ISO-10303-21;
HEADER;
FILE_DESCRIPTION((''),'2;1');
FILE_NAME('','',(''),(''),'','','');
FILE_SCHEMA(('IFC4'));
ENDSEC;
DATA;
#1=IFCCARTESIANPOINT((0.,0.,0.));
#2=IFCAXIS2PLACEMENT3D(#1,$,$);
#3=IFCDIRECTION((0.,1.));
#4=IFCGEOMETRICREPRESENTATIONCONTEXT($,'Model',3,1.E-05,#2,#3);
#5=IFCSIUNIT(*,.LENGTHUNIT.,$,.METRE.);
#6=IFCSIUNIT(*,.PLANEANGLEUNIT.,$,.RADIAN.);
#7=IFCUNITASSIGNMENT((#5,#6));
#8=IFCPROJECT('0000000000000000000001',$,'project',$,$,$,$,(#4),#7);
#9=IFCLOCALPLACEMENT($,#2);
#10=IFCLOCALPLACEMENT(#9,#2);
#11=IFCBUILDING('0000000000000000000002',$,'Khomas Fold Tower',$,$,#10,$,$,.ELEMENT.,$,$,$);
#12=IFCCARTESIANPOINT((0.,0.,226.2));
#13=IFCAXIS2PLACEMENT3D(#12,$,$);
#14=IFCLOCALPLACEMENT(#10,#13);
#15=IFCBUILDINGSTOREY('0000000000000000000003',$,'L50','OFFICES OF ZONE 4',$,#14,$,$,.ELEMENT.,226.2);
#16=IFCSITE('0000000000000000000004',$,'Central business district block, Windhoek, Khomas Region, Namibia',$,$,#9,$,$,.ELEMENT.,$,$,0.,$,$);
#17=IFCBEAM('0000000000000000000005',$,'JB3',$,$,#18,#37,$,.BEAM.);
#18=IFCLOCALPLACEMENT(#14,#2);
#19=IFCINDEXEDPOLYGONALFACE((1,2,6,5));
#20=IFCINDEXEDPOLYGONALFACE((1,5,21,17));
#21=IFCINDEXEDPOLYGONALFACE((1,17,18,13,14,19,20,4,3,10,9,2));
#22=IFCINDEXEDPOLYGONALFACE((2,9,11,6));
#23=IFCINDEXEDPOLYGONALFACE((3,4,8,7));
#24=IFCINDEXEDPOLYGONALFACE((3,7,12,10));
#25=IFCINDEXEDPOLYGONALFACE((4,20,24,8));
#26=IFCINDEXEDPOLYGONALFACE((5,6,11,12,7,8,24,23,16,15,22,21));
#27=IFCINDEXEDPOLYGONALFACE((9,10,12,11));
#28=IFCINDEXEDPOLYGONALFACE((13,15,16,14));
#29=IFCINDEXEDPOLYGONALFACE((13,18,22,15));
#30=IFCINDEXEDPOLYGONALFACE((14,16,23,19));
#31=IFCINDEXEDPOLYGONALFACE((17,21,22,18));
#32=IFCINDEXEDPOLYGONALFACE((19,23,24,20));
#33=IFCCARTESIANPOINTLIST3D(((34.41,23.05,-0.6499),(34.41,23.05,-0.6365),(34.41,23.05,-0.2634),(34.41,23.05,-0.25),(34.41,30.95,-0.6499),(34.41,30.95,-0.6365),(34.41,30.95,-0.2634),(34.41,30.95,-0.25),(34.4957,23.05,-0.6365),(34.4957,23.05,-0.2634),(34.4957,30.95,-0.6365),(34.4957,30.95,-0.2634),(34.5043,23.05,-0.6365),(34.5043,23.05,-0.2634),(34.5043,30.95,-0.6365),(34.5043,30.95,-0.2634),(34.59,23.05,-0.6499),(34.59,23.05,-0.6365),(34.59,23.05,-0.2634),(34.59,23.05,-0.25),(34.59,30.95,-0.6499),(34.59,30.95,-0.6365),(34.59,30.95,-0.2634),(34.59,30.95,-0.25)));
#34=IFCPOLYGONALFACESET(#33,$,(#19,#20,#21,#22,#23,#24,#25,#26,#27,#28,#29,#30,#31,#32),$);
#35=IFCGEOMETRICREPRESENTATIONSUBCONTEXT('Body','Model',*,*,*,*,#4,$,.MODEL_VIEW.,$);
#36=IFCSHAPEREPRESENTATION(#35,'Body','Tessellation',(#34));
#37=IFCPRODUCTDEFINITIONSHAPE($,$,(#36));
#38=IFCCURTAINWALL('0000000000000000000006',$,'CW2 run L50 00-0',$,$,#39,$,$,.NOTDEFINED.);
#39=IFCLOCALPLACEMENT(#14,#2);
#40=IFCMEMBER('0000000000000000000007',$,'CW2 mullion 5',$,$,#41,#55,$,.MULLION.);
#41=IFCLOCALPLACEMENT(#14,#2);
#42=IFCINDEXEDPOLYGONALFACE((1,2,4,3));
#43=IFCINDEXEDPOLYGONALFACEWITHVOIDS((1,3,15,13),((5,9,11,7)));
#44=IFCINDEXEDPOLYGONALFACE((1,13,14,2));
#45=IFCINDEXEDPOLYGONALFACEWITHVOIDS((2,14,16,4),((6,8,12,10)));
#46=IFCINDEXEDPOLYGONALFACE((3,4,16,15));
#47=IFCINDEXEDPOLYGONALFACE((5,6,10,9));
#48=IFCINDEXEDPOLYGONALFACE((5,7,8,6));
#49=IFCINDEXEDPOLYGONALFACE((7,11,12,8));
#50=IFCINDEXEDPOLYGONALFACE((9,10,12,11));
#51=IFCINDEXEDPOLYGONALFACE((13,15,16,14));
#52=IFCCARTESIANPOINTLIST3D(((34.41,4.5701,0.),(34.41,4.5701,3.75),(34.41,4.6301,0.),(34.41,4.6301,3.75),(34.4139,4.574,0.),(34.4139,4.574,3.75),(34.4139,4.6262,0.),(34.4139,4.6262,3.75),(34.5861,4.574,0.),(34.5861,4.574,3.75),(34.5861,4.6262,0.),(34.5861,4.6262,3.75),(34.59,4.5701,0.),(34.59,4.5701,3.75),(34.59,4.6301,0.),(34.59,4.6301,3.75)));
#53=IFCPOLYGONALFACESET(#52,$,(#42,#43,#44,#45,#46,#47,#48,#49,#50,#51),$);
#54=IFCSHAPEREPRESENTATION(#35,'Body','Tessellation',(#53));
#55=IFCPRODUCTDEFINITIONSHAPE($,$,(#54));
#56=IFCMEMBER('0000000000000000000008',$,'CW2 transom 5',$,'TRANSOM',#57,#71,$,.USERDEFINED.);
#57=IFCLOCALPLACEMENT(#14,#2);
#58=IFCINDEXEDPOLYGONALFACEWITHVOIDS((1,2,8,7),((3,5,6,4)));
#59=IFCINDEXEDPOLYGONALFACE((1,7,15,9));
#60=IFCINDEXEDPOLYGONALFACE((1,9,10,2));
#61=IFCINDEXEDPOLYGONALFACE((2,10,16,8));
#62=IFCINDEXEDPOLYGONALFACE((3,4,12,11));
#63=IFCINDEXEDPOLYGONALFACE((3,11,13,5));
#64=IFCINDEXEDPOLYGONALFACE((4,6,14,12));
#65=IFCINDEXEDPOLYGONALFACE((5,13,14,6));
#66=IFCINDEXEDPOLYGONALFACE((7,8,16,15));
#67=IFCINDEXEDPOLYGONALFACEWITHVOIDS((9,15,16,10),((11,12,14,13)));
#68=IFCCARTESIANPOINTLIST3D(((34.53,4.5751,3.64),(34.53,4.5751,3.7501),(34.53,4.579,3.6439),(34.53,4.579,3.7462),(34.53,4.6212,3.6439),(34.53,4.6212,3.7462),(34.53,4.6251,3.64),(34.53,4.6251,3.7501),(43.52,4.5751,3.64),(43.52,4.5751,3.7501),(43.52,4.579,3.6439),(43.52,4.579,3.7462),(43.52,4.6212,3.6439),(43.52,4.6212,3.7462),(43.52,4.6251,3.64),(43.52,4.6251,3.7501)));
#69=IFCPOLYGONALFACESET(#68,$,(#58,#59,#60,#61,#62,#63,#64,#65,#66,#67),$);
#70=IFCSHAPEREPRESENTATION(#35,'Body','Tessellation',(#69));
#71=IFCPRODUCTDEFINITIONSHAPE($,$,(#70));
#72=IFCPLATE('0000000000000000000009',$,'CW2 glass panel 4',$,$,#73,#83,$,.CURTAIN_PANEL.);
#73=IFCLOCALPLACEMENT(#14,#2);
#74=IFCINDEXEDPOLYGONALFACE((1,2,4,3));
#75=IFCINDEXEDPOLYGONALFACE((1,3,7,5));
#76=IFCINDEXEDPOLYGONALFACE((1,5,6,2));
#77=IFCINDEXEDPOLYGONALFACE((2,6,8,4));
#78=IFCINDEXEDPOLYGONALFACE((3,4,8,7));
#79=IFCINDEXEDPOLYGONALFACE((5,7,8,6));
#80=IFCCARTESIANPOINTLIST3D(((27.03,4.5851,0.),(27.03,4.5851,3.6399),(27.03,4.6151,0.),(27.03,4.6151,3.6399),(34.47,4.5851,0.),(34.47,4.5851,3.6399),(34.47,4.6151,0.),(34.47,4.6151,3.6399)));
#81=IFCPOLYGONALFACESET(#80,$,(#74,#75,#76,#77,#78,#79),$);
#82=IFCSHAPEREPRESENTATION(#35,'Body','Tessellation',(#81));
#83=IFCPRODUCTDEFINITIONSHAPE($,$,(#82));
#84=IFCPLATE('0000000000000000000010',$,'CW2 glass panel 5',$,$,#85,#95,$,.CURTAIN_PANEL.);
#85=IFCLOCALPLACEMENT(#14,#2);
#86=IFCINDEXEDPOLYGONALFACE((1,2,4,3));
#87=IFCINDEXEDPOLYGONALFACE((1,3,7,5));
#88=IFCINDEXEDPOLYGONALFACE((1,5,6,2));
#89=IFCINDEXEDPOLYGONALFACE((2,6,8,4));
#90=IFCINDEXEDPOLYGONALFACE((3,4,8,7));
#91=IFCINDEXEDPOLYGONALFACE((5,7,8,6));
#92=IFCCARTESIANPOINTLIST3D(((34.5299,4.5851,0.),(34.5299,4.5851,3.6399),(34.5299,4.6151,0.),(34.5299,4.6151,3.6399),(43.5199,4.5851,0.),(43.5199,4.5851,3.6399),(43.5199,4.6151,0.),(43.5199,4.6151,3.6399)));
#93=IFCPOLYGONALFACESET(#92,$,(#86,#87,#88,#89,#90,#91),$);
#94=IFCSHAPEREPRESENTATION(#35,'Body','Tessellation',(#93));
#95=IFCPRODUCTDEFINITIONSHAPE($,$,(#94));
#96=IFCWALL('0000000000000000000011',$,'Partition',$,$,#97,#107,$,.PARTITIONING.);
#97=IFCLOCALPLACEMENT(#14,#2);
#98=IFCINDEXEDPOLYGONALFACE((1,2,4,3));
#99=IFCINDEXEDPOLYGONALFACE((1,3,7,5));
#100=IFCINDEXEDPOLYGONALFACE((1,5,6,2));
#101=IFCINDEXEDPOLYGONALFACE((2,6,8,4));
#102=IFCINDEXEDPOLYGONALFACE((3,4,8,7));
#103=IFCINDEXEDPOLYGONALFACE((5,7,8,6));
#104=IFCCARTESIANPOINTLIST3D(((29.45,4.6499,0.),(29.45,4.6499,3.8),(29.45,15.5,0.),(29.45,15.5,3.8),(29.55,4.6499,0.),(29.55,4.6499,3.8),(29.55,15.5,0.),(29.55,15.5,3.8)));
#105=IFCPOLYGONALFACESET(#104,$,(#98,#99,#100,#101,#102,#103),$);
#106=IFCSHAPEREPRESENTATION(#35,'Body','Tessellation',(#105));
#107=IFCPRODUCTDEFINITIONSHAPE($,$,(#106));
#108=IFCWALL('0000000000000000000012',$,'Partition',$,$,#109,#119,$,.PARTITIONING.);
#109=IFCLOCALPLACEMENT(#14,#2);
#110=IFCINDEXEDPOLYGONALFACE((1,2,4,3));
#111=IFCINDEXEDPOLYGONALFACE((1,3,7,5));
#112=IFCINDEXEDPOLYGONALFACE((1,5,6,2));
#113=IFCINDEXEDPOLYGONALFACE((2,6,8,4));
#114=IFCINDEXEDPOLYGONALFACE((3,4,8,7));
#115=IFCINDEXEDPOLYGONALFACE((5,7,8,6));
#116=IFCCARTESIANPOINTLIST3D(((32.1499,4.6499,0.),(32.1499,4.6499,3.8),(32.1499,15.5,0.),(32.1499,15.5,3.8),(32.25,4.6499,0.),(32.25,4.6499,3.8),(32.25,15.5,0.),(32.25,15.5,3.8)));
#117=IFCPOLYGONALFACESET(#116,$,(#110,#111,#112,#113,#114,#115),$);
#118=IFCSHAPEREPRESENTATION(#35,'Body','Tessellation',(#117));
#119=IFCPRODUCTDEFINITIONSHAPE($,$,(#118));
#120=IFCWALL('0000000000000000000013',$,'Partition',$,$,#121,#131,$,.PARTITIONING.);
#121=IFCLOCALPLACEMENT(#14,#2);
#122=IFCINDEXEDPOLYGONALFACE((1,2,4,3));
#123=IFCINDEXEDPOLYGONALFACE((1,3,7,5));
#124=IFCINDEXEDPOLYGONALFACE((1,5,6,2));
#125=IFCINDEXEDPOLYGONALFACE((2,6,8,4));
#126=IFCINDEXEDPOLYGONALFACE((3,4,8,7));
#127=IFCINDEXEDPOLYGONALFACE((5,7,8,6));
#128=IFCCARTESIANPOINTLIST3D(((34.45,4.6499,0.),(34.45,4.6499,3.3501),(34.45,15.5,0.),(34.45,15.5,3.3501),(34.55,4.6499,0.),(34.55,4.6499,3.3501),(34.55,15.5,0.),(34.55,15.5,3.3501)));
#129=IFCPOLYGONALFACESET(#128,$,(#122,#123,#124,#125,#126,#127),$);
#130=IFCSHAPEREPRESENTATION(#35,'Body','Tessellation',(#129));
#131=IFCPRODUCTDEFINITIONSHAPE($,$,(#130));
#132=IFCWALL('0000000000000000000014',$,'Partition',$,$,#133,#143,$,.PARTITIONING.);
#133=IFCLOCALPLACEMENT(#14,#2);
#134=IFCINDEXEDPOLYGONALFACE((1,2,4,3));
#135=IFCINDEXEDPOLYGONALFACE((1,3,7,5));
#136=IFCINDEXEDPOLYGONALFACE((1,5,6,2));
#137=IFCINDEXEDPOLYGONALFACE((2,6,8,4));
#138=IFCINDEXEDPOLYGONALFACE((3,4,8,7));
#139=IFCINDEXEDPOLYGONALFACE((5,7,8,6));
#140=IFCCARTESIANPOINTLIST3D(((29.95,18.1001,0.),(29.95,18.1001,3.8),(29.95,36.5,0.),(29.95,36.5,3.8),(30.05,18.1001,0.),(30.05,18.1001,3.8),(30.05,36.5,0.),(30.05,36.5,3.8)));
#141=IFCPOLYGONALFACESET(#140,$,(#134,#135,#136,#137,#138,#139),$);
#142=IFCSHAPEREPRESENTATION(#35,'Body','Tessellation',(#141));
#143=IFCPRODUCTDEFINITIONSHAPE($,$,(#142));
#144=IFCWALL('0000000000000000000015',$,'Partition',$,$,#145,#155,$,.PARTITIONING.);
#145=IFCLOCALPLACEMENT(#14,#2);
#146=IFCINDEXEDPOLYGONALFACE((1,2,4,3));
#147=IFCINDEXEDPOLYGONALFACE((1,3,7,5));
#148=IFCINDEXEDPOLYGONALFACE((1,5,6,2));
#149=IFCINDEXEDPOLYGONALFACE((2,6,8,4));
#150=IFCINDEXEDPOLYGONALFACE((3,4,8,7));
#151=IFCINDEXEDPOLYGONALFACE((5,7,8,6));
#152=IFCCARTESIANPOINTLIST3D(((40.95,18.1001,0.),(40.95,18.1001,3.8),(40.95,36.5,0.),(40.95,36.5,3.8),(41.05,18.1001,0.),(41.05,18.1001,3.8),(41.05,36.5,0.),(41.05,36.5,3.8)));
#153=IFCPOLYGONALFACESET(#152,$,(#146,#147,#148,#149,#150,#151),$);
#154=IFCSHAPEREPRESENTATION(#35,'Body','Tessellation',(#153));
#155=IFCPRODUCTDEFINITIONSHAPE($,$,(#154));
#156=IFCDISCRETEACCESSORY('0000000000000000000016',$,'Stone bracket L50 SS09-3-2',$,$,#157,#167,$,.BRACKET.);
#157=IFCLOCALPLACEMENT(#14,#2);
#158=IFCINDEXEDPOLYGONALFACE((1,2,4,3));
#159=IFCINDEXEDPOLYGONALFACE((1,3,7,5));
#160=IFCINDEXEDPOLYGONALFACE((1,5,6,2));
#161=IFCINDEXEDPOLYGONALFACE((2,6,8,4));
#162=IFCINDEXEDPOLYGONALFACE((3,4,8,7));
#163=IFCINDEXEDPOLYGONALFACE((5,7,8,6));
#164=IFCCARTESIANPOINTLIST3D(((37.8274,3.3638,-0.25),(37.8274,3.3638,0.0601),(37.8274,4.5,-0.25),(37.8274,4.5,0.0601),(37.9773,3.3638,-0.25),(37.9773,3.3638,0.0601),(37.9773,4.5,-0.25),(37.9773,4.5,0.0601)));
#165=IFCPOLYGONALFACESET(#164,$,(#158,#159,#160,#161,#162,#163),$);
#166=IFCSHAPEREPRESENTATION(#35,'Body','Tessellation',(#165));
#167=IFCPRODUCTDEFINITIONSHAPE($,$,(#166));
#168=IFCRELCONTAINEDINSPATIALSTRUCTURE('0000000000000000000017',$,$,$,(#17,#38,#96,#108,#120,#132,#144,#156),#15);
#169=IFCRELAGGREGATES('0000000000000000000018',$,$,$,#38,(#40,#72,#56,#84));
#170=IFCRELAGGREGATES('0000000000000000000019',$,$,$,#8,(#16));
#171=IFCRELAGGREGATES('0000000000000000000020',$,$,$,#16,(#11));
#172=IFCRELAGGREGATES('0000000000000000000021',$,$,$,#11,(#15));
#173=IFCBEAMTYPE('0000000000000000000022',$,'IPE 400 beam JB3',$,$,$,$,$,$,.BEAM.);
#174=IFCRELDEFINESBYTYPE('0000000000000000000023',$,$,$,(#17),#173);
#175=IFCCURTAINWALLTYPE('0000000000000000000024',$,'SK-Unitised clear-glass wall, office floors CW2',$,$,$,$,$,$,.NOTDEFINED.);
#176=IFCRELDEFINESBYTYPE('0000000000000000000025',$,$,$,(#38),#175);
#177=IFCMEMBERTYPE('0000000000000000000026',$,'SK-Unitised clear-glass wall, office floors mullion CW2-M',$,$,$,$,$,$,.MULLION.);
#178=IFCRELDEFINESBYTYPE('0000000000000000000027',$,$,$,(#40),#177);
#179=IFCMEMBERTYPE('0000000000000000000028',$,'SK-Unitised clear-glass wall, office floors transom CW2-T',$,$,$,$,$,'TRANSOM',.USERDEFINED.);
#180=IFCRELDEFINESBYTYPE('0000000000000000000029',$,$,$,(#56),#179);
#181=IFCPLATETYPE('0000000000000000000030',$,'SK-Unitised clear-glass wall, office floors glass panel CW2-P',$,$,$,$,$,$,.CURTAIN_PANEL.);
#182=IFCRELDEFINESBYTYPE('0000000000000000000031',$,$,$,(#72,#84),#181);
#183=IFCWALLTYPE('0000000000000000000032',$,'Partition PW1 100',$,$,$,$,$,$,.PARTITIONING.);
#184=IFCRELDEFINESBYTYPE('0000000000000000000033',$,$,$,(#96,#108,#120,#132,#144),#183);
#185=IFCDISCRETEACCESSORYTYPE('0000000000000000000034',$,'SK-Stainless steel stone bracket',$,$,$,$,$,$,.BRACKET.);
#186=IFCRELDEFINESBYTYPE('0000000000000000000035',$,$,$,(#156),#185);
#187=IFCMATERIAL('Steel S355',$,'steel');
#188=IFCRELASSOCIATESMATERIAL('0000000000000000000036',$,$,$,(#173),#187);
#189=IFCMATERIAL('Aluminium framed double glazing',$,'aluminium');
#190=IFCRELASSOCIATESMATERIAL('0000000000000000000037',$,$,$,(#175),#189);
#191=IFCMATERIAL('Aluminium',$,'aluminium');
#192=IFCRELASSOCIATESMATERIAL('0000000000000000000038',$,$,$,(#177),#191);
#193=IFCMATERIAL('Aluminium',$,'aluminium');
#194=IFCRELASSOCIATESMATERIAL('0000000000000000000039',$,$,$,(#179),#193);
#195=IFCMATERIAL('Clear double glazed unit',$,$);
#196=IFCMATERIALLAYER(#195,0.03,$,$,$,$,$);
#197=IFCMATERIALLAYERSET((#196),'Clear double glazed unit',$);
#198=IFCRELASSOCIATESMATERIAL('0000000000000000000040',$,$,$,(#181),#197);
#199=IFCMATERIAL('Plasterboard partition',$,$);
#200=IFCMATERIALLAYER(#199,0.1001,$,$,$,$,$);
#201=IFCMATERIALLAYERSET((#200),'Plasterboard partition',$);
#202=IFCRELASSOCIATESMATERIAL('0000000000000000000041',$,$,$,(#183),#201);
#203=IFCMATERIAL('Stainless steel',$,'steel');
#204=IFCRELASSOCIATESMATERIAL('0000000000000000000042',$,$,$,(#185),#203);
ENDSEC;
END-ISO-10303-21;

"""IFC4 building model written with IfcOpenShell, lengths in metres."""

from ifc_helpers import new_model, si_unit, direction, frame, frame_2d, origin, origin_2d, place, context, subcontext, project, spatial, rectangle, hollow_rectangle, i_section, extrude, source, transform, mapped, material, layer, layer_set, material_profile, profile_set, type_object, element, aggregate, save


model = new_model("IFC4")

# Units and contexts
model_context = context("Model", 3, precision=1e-05, world=origin(), true_north=direction((0.0, 1.0)))
body_context = subcontext(model_context, "Body", "Model", "MODEL_VIEW")
ifc_project = project(units=[si_unit("LENGTHUNIT", "METRE"), si_unit("PLANEANGLEUNIT", "RADIAN")], contexts=[model_context])

# Site, building, storey
site_placement = place(None, origin())
site = spatial("IfcSite", under=ifc_project, at=site_placement, Name="Central business district block, Windhoek, Khomas Region, Namibia", CompositionType="ELEMENT", RefElevation=0.0)
building_placement = place(site_placement, origin())
building = spatial("IfcBuilding", under=site, at=building_placement, Name="Khomas Fold Tower", CompositionType="ELEMENT")
storey_placement = place(building_placement, frame((0.0, 0.0, 226.2)))
storey = spatial("IfcBuildingStorey", under=building, at=storey_placement, Name="L50", Description="OFFICES OF ZONE 4", CompositionType="ELEMENT", Elevation=226.2)

# Beam
ifc_material_1 = material(Name="Steel S355", Category="steel")
ifc_material_profile_1 = material_profile(ifc_material_1, i_section(OverallWidth=0.1799, OverallDepth=0.3999, WebThickness=0.0085, FlangeThickness=0.0134, at=origin_2d()), Name="IPE 400")
ifc_profile_set_1 = profile_set([ifc_material_profile_1], Name="Steel S355")
beam_type_1 = type_object("IfcBeamType", Name="IPE 400 beam JB3", PredefinedType="BEAM", material=ifc_profile_set_1)
shared_shape_1 = source(origin(), body_context, "Body", "SweptSolid", [
    extrude(i_section(OverallWidth=0.1799, OverallDepth=0.3999, WebThickness=0.0085, FlangeThickness=0.0134, at=origin_2d()), origin(), (0.0, 0.0, 1.0), 7.8999),
])
for number, where, z_axis, x_axis, name in (
    (1, (34.5, 23.05, -0.45), (0.0, 1.0, 0.0), (-1.0, 0.0, 0.0), "JB3"),
):
    element("IfcBeam", number, at=place(storey_placement, frame(where, z_axis=z_axis, x_axis=x_axis)), inside=storey, type_object=beam_type_1, Name=name, PredefinedType="BEAM", context=body_context, shape_type="MappedRepresentation", body=[
        mapped(shared_shape_1, transform((0.0, 0.0, 0.0))),
    ])

# Curtain wall, members, plates
ifc_material_2 = material(Name="Aluminium framed double glazing", Category="aluminium")
curtain_wall_type = type_object("IfcCurtainWallType", Name="SK-Unitised clear-glass wall, office floors CW2", PredefinedType="NOTDEFINED", material=ifc_material_2)
curtain_wall_placement = place(storey_placement, origin())
curtain_wall = element("IfcCurtainWall", 2, at=curtain_wall_placement, inside=storey, type_object=curtain_wall_type, Name="CW2 run L50 00-0", PredefinedType="NOTDEFINED")
ifc_material_3 = material(Name="Aluminium", Category="aluminium")
ifc_material_profile_2 = material_profile(ifc_material_3, hollow_rectangle(XDim=0.0601, YDim=0.1799, WallThickness=0.0039, at=origin_2d()), Name="SK-Unitised clear-glass wall, office floors mullion CW2-M")
ifc_profile_set_2 = profile_set([ifc_material_profile_2], Name="Aluminium")
member_type_1 = type_object("IfcMemberType", Name="SK-Unitised clear-glass wall, office floors mullion CW2-M", PredefinedType="MULLION", material=ifc_profile_set_2)
shared_shape_2 = source(origin(), body_context, "Body", "SweptSolid", [
    extrude(hollow_rectangle(XDim=0.0601, YDim=0.1799, WallThickness=0.0039, at=origin_2d()), origin(), (0.0, 0.0, 1.0), 3.75),
])
member_1_placement = place(storey_placement, frame((34.5, 4.6001, 0.0), z_axis=(0.0, 0.0, 1.0), x_axis=(0.0, 1.0, 0.0)))
member_1 = element("IfcMember", 3, at=member_1_placement, type_object=member_type_1, Name="CW2 mullion 5", PredefinedType="MULLION", context=body_context, shape_type="MappedRepresentation", body=[
    mapped(shared_shape_2, transform((0.0, 0.0, 0.0))),
])
ifc_material_4 = material(Name="Aluminium", Category="aluminium")
ifc_material_profile_3 = material_profile(ifc_material_4, hollow_rectangle(XDim=0.05, YDim=0.1101, WallThickness=0.0039, at=origin_2d()), Name="SK-Unitised clear-glass wall, office floors transom CW2-T")
ifc_profile_set_3 = profile_set([ifc_material_profile_3], Name="Aluminium")
member_type_2 = type_object("IfcMemberType", Name="SK-Unitised clear-glass wall, office floors transom CW2-T", ElementType="TRANSOM", PredefinedType="USERDEFINED", material=ifc_profile_set_3)
shared_shape_3 = source(origin(), body_context, "Body", "SweptSolid", [
    extrude(hollow_rectangle(XDim=0.05, YDim=0.1101, WallThickness=0.0039, at=origin_2d()), origin(), (0.0, 0.0, 1.0), 8.99),
])
member_2_placement = place(storey_placement, frame((34.53, 4.6001, 3.6951), z_axis=(1.0, 0.0, 0.0), x_axis=(0.0, 1.0, 0.0)))
member_2 = element("IfcMember", 4, at=member_2_placement, type_object=member_type_2, Name="CW2 transom 5", ObjectType="TRANSOM", PredefinedType="USERDEFINED", context=body_context, shape_type="MappedRepresentation", body=[
    mapped(shared_shape_3, transform((0.0, 0.0, 0.0))),
])
ifc_material_5 = material(Name="Clear double glazed unit")
ifc_layer_1 = layer(ifc_material_5, 0.03)
ifc_layer_set_1 = layer_set([ifc_layer_1], Name="Clear double glazed unit")
plate_type = type_object("IfcPlateType", Name="SK-Unitised clear-glass wall, office floors glass panel CW2-P", PredefinedType="CURTAIN_PANEL", material=ifc_layer_set_1)
shared_shape_4 = source(origin(), body_context, "Body", "SweptSolid", [
    extrude(rectangle(XDim=7.4399, YDim=0.03, at=origin_2d()), origin(), (0.0, 0.0, 1.0), 3.6399),
])
plate_1_placement = place(storey_placement, frame((30.75, 4.6001, 0.0), z_axis=(0.0, 0.0, 1.0), x_axis=(1.0, 0.0, 0.0)))
plate_1 = element("IfcPlate", 5, at=plate_1_placement, type_object=plate_type, Name="CW2 glass panel 4", PredefinedType="CURTAIN_PANEL", context=body_context, shape_type="MappedRepresentation", body=[
    mapped(shared_shape_4, transform((0.0, 0.0, 0.0))),
])
shared_shape_5 = source(origin(), body_context, "Body", "SweptSolid", [
    extrude(rectangle(XDim=8.99, YDim=0.03, at=origin_2d()), origin(), (0.0, 0.0, 1.0), 3.6399),
])
plate_2_placement = place(storey_placement, frame((39.0249, 4.6001, 0.0), z_axis=(0.0, 0.0, 1.0), x_axis=(1.0, 0.0, 0.0)))
plate_2 = element("IfcPlate", 6, at=plate_2_placement, type_object=plate_type, Name="CW2 glass panel 5", PredefinedType="CURTAIN_PANEL", context=body_context, shape_type="MappedRepresentation", body=[
    mapped(shared_shape_5, transform((0.0, 0.0, 0.0))),
])
aggregate(curtain_wall, [member_1, plate_1, member_2, plate_2])

# Walls
ifc_material_6 = material(Name="Plasterboard partition")
ifc_layer_2 = layer(ifc_material_6, 0.1001)
ifc_layer_set_2 = layer_set([ifc_layer_2], Name="Plasterboard partition")
wall_type = type_object("IfcWallType", Name="Partition PW1 100", PredefinedType="PARTITIONING", material=ifc_layer_set_2)
shared_shape_6 = source(origin(), body_context, "Body", "SweptSolid", [
    extrude(rectangle(XDim=10.8501, YDim=0.1001, at=frame_2d((5.425, 0.0))), origin(), (0.0, 0.0, 1.0), 3.8),
])
for number, where, z_axis, x_axis, name in (
    (7, (29.5, 4.6499, 0.0), (0.0, 0.0, 1.0), (0.0, 1.0, 0.0), "Partition"),
    (8, (32.2, 4.6499, 0.0), (0.0, 0.0, 1.0), (0.0, 1.0, 0.0), "Partition"),
):
    element("IfcWall", number, at=place(storey_placement, frame(where, z_axis=z_axis, x_axis=x_axis)), inside=storey, type_object=wall_type, Name=name, PredefinedType="PARTITIONING", context=body_context, shape_type="MappedRepresentation", body=[
        mapped(shared_shape_6, transform((0.0, 0.0, 0.0))),
    ])
shared_shape_7 = source(origin(), body_context, "Body", "SweptSolid", [
    extrude(rectangle(XDim=10.8501, YDim=0.1001, at=frame_2d((5.425, 0.0))), origin(), (0.0, 0.0, 1.0), 3.3501),
])
wall_placement = place(storey_placement, frame((34.5, 4.6499, 0.0), z_axis=(0.0, 0.0, 1.0), x_axis=(0.0, 1.0, 0.0)))
element("IfcWall", 9, at=wall_placement, inside=storey, type_object=wall_type, Name="Partition", PredefinedType="PARTITIONING", context=body_context, shape_type="MappedRepresentation", body=[
    mapped(shared_shape_7, transform((0.0, 0.0, 0.0))),
])
shared_shape_8 = source(origin(), body_context, "Body", "SweptSolid", [
    extrude(rectangle(XDim=18.3999, YDim=0.1001, at=frame_2d((9.2, 0.0))), origin(), (0.0, 0.0, 1.0), 3.8),
])
for number, where, z_axis, x_axis, name in (
    (10, (30.0, 18.1001, 0.0), (0.0, 0.0, 1.0), (0.0, 1.0, 0.0), "Partition"),
    (11, (41.0, 18.1001, 0.0), (0.0, 0.0, 1.0), (0.0, 1.0, 0.0), "Partition"),
):
    element("IfcWall", number, at=place(storey_placement, frame(where, z_axis=z_axis, x_axis=x_axis)), inside=storey, type_object=wall_type, Name=name, PredefinedType="PARTITIONING", context=body_context, shape_type="MappedRepresentation", body=[
        mapped(shared_shape_8, transform((0.0, 0.0, 0.0))),
    ])

# Discrete accessory
ifc_material_7 = material(Name="Stainless steel", Category="steel")
discrete_accessory_type = type_object("IfcDiscreteAccessoryType", Name="SK-Stainless steel stone bracket", PredefinedType="BRACKET", material=ifc_material_7)
shared_shape_9 = source(origin(), body_context, "Body", "SweptSolid", [
    extrude(rectangle(XDim=1.1362, YDim=0.1499, at=origin_2d()), origin(), (0.0, 0.0, 1.0), 0.3101),
])
discrete_accessory_placement = place(storey_placement, frame((37.9023, 3.9319, -0.25), z_axis=(0.0, 0.0, 1.0), x_axis=(0.0, -1.0, 0.0)))
element("IfcDiscreteAccessory", 12, at=discrete_accessory_placement, inside=storey, type_object=discrete_accessory_type, Name="Stone bracket L50 SS09-3-2", PredefinedType="BRACKET", context=body_context, shape_type="MappedRepresentation", body=[
    mapped(shared_shape_9, transform((0.0, 0.0, 0.0))),
])

save(model, "model.ifc")
